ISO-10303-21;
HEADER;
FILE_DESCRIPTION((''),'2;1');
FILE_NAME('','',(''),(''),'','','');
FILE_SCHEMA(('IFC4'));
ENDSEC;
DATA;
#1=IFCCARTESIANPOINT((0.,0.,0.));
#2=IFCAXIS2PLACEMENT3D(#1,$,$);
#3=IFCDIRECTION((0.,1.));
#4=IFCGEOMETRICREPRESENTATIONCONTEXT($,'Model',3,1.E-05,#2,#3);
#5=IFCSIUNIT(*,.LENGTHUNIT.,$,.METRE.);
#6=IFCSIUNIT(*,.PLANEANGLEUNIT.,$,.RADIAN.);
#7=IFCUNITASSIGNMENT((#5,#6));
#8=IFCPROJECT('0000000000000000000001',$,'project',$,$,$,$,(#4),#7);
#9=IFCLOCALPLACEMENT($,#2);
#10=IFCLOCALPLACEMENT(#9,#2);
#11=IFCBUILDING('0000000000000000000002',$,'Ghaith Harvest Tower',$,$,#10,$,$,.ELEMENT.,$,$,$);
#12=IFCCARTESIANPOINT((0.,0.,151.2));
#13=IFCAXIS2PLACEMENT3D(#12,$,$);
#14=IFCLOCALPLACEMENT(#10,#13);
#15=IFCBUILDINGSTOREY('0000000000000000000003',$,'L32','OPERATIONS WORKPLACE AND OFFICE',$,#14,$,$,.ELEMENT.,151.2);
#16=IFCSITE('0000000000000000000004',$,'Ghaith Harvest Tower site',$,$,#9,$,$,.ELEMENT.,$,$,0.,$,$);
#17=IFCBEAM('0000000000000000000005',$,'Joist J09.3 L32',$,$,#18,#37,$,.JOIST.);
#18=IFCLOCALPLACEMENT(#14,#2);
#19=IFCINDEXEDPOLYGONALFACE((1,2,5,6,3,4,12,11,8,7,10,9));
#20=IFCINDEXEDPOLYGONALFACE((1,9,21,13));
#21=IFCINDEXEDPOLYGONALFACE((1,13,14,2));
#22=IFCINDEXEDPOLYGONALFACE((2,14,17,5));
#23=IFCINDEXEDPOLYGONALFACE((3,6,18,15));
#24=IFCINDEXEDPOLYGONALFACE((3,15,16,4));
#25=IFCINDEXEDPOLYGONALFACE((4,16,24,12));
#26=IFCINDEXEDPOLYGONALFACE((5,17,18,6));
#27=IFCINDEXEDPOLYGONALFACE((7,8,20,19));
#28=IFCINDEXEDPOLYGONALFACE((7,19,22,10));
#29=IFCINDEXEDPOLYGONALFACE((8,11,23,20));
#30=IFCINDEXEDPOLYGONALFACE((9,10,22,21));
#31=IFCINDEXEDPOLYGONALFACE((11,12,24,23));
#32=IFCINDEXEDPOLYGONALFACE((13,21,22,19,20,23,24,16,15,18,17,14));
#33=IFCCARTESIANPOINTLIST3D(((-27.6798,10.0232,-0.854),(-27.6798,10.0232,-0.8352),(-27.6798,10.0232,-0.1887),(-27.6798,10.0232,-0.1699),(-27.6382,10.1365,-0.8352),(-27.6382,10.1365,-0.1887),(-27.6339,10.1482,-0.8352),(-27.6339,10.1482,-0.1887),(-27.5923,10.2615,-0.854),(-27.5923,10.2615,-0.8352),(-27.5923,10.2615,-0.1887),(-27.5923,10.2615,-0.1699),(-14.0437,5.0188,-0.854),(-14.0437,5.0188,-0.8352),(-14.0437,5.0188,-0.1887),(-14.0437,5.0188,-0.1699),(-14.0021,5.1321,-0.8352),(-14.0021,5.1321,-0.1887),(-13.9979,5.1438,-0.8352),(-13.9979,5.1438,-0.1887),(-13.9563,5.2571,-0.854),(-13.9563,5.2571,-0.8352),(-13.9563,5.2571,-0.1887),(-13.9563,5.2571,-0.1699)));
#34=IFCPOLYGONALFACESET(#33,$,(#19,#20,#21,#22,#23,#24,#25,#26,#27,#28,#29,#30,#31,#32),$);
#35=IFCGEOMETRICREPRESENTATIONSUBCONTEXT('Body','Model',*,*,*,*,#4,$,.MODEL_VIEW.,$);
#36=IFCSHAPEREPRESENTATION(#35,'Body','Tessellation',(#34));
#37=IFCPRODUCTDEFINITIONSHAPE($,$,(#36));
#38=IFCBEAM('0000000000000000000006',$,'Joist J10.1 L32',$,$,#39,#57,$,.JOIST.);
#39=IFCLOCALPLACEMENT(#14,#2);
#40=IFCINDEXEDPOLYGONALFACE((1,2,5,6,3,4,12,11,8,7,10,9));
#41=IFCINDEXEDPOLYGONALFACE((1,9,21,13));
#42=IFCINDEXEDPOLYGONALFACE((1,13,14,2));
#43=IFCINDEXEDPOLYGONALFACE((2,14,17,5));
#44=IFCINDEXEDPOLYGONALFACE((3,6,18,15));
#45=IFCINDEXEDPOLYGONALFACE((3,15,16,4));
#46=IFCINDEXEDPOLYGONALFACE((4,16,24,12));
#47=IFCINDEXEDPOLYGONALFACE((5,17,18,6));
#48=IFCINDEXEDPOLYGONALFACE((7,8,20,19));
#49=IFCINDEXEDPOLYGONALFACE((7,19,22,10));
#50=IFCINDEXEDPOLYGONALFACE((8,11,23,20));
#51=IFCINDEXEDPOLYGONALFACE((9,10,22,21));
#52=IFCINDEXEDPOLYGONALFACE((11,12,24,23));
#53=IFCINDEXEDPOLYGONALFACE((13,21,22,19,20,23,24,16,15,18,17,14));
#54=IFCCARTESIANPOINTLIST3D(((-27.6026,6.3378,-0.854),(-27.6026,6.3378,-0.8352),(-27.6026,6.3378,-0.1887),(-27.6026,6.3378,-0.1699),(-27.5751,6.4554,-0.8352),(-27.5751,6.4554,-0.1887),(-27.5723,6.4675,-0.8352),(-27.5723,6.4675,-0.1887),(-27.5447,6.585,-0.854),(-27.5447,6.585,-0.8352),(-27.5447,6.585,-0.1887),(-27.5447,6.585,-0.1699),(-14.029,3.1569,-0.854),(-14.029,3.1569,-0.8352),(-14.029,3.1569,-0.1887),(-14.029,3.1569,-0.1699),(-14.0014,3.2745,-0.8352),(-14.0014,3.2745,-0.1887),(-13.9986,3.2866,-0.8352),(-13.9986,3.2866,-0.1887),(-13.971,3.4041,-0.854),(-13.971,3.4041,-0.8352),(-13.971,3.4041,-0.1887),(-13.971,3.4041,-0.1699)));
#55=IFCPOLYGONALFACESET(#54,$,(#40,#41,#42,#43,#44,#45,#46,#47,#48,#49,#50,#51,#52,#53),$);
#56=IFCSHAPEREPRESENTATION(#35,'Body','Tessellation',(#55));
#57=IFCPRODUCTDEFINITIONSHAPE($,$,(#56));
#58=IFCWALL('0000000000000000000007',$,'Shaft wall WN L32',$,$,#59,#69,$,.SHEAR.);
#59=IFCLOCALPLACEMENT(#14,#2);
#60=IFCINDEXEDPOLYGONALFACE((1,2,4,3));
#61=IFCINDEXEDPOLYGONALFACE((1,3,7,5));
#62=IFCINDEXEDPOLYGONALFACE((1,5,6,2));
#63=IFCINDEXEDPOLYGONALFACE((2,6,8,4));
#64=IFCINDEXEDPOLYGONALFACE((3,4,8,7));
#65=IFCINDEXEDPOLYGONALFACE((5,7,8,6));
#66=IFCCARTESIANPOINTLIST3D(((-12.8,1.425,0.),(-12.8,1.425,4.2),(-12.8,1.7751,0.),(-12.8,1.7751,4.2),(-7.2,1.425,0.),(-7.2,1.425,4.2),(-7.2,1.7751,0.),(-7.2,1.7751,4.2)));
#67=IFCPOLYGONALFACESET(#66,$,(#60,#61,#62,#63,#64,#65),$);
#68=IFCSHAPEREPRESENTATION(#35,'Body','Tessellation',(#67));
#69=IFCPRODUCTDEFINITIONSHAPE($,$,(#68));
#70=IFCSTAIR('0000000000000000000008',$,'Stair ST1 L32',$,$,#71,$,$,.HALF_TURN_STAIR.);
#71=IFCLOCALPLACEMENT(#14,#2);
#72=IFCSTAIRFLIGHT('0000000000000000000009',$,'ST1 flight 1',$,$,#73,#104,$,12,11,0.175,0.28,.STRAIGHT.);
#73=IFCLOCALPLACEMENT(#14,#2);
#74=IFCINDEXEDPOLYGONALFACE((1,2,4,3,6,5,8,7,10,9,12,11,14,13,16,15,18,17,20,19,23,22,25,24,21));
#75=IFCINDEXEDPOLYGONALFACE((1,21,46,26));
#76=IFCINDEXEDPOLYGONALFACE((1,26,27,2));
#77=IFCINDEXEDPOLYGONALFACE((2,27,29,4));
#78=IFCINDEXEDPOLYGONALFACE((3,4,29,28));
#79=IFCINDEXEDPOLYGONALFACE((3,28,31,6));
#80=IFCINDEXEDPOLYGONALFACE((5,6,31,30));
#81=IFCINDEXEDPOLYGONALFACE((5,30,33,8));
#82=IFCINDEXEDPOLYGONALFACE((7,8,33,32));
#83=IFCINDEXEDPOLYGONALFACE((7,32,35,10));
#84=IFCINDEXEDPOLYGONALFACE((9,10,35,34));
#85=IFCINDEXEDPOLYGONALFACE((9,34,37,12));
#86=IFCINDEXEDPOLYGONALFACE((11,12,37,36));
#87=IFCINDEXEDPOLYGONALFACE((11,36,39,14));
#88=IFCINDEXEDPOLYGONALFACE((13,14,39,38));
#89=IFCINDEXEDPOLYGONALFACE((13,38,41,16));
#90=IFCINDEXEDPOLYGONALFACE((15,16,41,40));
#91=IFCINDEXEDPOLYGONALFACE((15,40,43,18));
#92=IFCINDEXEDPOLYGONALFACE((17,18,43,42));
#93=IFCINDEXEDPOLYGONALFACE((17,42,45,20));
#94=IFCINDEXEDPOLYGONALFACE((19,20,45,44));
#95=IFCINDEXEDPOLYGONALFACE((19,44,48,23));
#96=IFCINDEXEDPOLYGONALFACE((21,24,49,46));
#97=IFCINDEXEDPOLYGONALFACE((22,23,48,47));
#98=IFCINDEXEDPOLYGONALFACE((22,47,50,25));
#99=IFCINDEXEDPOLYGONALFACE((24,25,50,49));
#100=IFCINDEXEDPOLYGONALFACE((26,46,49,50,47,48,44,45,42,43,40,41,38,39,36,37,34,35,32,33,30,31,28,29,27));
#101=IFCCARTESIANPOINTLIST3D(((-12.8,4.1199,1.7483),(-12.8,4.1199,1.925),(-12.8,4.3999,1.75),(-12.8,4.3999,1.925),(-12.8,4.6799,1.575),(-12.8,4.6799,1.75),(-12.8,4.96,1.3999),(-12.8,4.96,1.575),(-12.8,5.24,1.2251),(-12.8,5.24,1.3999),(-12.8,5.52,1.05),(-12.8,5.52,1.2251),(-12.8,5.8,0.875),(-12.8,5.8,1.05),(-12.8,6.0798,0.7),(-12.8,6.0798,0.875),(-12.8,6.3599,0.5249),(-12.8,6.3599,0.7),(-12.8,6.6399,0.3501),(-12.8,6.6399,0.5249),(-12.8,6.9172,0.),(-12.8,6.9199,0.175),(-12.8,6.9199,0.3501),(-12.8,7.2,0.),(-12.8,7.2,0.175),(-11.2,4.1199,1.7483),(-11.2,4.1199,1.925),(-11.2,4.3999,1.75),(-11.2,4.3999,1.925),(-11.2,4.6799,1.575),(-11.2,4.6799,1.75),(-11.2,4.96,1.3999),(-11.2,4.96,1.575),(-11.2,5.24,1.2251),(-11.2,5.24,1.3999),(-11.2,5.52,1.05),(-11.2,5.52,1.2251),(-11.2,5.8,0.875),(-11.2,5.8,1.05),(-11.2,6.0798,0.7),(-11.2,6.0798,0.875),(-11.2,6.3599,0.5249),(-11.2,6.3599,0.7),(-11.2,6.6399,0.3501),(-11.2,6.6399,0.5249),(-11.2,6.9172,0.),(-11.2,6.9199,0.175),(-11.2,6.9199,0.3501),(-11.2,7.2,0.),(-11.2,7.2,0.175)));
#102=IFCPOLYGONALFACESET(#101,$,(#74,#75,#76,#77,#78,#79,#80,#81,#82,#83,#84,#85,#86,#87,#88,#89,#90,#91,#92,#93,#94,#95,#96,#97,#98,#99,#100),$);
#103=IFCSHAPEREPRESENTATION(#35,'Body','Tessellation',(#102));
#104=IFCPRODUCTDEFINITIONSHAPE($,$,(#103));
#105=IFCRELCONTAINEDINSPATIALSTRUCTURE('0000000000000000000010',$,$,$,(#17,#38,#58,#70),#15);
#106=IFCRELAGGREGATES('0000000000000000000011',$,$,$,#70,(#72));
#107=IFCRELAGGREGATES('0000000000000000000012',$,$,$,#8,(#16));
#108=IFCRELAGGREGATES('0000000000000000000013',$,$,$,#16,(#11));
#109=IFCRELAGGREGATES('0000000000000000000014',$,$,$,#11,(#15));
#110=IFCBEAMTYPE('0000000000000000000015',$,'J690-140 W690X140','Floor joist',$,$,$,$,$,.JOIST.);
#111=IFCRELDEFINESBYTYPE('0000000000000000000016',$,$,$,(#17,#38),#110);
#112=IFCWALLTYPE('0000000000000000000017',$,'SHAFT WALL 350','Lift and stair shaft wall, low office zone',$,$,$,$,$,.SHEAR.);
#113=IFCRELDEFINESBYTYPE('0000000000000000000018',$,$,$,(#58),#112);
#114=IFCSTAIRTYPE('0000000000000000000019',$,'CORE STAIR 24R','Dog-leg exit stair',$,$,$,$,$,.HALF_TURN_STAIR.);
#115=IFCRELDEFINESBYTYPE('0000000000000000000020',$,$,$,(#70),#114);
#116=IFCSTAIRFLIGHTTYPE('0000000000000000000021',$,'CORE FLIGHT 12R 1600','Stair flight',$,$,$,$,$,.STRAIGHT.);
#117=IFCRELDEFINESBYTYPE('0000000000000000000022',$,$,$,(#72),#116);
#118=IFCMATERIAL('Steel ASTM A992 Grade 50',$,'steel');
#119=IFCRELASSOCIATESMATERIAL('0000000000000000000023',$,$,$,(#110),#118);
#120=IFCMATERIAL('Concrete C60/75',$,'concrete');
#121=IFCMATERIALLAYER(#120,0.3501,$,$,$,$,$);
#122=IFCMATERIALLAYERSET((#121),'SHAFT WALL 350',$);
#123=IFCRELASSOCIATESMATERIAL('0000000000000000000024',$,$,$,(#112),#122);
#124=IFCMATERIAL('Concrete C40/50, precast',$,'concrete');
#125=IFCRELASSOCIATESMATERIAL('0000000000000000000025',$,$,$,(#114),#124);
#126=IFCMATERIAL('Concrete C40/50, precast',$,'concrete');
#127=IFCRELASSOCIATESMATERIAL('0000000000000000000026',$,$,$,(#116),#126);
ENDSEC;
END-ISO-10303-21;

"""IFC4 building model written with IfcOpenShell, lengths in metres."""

from ifc_helpers import new_model, si_unit, direction, frame, frame_2d, origin, origin_2d, place, context, subcontext, project, spatial, polyline, rectangle, i_section, outline, extrude, material, layer, layer_set, material_profile, profile_set, type_object, element, aggregate, save


model = new_model("IFC4")

# Units and contexts
model_context = context("Model", 3, precision=1e-05, world=origin(), true_north=direction((0.0, 1.0)))
body_context = subcontext(model_context, "Body", "Model", "MODEL_VIEW")
ifc_project = project(units=[si_unit("LENGTHUNIT", "METRE"), si_unit("PLANEANGLEUNIT", "RADIAN")], contexts=[model_context])

# Site, building, storey
site_placement = place(None, origin())
site = spatial("IfcSite", under=ifc_project, at=site_placement, Name="Ghaith Harvest Tower site", CompositionType="ELEMENT", RefElevation=0.0)
building_placement = place(site_placement, origin())
building = spatial("IfcBuilding", under=site, at=building_placement, Name="Ghaith Harvest Tower", CompositionType="ELEMENT")
storey_placement = place(building_placement, frame((0.0, 0.0, 151.2)))
storey = spatial("IfcBuildingStorey", under=building, at=storey_placement, Name="L32", Description="OPERATIONS WORKPLACE AND OFFICE", CompositionType="ELEMENT", Elevation=151.2)

# Beams
ifc_material_1 = material(Name="Steel ASTM A992 Grade 50", Category="steel")
ifc_material_profile_1 = material_profile(ifc_material_1, i_section(OverallWidth=0.2539, OverallDepth=0.6841, WebThickness=0.0125, FlangeThickness=0.0188, at=origin_2d()), Name="W690X140")
ifc_profile_set_1 = profile_set([ifc_material_profile_1], Name="Steel ASTM A992 Grade 50")
beam_type_1 = type_object("IfcBeamType", Name="J690-140 W690X140", Description="Floor joist", PredefinedType="JOIST", material=ifc_profile_set_1)
beam_1_placement = place(storey_placement, frame((-14.0, 5.1379, -0.512), z_axis=(-0.938775, 0.34453, 0.0), x_axis=(-0.34453, -0.938775, 0.0)))
element("IfcBeam", 1, at=beam_1_placement, inside=storey, type_object=beam_type_1, Name="Joist J09.3 L32", PredefinedType="JOIST", context=body_context, shape_type="SweptSolid", body=[
    extrude(i_section(OverallWidth=0.2539, OverallDepth=0.6841, WebThickness=0.0125, FlangeThickness=0.0188, at=origin_2d()), origin(), (0.0, 0.0, 1.0), 14.5254),
])
beam_2_placement = place(storey_placement, frame((-14.0, 3.2805, -0.512), z_axis=(-0.973623, 0.228162, 0.0), x_axis=(-0.228162, -0.973623, 0.0)))
element("IfcBeam", 2, at=beam_2_placement, inside=storey, type_object=beam_type_1, Name="Joist J10.1 L32", PredefinedType="JOIST", context=body_context, shape_type="SweptSolid", body=[
    extrude(i_section(OverallWidth=0.2539, OverallDepth=0.6841, WebThickness=0.0125, FlangeThickness=0.0188, at=origin_2d()), origin(), (0.0, 0.0, 1.0), 13.9414),
])

# Wall
ifc_material_2 = material(Name="Concrete C60/75", Category="concrete")
ifc_layer_1 = layer(ifc_material_2, 0.3501)
ifc_layer_set_1 = layer_set([ifc_layer_1], Name="SHAFT WALL 350")
wall_type_1 = type_object("IfcWallType", Name="SHAFT WALL 350", Description="Lift and stair shaft wall, low office zone", PredefinedType="SHEAR", material=ifc_layer_set_1)
wall_1_placement = place(storey_placement, frame((-12.8, 1.6001, 0.0), z_axis=(0.0, 0.0, 1.0), x_axis=(1.0, 0.0, 0.0)))
element("IfcWall", 3, at=wall_1_placement, inside=storey, type_object=wall_type_1, Name="Shaft wall WN L32", PredefinedType="SHEAR", context=body_context, shape_type="SweptSolid", body=[
    extrude(rectangle(XDim=5.6001, YDim=0.3501, at=frame_2d((2.8, 0.0))), origin(), (0.0, 0.0, 1.0), 4.2),
])

# Stair, stair flight
ifc_material_3 = material(Name="Concrete C40/50, precast", Category="concrete")
stair_type = type_object("IfcStairType", Name="CORE STAIR 24R", Description="Dog-leg exit stair", PredefinedType="HALF_TURN_STAIR", material=ifc_material_3)
stair_placement = place(storey_placement, origin())
stair = element("IfcStair", 4, at=stair_placement, inside=storey, type_object=stair_type, Name="Stair ST1 L32", PredefinedType="HALF_TURN_STAIR")
ifc_material_4 = material(Name="Concrete C40/50, precast", Category="concrete")
stair_flight_type = type_object("IfcStairFlightType", Name="CORE FLIGHT 12R 1600", Description="Stair flight", PredefinedType="STRAIGHT", material=ifc_material_4)
stair_flight_placement = place(storey_placement, frame((-12.0, 7.2, 0.0), z_axis=(0.0, 0.0, 1.0), x_axis=(0.0, -1.0, 0.0)))
stair_flight = element("IfcStairFlight", 5, at=stair_flight_placement, type_object=stair_flight_type, Name="ST1 flight 1", NumberOfRisers=12, NumberOfTreads=11, PredefinedType="STRAIGHT", RiserHeight=0.175, TreadLength=0.28, context=body_context, shape_type="SweptSolid", body=[
    extrude(outline(polyline([(0.0, 0.0), (0.0, 0.175), (0.28, 0.175), (0.28, 0.3501), (0.5601, 0.3501), (0.5601, 0.5249), (0.8401, 0.5249), (0.8401, 0.7), (1.1201, 0.7), (1.1201, 0.875), (1.3999, 0.875), (1.3999, 1.05), (1.6799, 1.05), (1.6799, 1.2251), (1.96, 1.2251), (1.96, 1.3999), (2.24, 1.3999), (2.24, 1.575), (2.52, 1.575), (2.52, 1.75), (2.8, 1.75), (2.8, 1.925), (3.0801, 1.925), (3.0801, 2.1001), (3.0801, 1.7483), (0.2827, 0.0), (0.0, 0.0)])), frame((0.0, 0.8, 0.0), z_axis=(0.0, -1.0, 0.0), x_axis=(1.0, 0.0, 0.0)), (0.0, 0.0, 1.0), 1.6001),
])
aggregate(stair, [stair_flight])

save(model, "model.ifc")
